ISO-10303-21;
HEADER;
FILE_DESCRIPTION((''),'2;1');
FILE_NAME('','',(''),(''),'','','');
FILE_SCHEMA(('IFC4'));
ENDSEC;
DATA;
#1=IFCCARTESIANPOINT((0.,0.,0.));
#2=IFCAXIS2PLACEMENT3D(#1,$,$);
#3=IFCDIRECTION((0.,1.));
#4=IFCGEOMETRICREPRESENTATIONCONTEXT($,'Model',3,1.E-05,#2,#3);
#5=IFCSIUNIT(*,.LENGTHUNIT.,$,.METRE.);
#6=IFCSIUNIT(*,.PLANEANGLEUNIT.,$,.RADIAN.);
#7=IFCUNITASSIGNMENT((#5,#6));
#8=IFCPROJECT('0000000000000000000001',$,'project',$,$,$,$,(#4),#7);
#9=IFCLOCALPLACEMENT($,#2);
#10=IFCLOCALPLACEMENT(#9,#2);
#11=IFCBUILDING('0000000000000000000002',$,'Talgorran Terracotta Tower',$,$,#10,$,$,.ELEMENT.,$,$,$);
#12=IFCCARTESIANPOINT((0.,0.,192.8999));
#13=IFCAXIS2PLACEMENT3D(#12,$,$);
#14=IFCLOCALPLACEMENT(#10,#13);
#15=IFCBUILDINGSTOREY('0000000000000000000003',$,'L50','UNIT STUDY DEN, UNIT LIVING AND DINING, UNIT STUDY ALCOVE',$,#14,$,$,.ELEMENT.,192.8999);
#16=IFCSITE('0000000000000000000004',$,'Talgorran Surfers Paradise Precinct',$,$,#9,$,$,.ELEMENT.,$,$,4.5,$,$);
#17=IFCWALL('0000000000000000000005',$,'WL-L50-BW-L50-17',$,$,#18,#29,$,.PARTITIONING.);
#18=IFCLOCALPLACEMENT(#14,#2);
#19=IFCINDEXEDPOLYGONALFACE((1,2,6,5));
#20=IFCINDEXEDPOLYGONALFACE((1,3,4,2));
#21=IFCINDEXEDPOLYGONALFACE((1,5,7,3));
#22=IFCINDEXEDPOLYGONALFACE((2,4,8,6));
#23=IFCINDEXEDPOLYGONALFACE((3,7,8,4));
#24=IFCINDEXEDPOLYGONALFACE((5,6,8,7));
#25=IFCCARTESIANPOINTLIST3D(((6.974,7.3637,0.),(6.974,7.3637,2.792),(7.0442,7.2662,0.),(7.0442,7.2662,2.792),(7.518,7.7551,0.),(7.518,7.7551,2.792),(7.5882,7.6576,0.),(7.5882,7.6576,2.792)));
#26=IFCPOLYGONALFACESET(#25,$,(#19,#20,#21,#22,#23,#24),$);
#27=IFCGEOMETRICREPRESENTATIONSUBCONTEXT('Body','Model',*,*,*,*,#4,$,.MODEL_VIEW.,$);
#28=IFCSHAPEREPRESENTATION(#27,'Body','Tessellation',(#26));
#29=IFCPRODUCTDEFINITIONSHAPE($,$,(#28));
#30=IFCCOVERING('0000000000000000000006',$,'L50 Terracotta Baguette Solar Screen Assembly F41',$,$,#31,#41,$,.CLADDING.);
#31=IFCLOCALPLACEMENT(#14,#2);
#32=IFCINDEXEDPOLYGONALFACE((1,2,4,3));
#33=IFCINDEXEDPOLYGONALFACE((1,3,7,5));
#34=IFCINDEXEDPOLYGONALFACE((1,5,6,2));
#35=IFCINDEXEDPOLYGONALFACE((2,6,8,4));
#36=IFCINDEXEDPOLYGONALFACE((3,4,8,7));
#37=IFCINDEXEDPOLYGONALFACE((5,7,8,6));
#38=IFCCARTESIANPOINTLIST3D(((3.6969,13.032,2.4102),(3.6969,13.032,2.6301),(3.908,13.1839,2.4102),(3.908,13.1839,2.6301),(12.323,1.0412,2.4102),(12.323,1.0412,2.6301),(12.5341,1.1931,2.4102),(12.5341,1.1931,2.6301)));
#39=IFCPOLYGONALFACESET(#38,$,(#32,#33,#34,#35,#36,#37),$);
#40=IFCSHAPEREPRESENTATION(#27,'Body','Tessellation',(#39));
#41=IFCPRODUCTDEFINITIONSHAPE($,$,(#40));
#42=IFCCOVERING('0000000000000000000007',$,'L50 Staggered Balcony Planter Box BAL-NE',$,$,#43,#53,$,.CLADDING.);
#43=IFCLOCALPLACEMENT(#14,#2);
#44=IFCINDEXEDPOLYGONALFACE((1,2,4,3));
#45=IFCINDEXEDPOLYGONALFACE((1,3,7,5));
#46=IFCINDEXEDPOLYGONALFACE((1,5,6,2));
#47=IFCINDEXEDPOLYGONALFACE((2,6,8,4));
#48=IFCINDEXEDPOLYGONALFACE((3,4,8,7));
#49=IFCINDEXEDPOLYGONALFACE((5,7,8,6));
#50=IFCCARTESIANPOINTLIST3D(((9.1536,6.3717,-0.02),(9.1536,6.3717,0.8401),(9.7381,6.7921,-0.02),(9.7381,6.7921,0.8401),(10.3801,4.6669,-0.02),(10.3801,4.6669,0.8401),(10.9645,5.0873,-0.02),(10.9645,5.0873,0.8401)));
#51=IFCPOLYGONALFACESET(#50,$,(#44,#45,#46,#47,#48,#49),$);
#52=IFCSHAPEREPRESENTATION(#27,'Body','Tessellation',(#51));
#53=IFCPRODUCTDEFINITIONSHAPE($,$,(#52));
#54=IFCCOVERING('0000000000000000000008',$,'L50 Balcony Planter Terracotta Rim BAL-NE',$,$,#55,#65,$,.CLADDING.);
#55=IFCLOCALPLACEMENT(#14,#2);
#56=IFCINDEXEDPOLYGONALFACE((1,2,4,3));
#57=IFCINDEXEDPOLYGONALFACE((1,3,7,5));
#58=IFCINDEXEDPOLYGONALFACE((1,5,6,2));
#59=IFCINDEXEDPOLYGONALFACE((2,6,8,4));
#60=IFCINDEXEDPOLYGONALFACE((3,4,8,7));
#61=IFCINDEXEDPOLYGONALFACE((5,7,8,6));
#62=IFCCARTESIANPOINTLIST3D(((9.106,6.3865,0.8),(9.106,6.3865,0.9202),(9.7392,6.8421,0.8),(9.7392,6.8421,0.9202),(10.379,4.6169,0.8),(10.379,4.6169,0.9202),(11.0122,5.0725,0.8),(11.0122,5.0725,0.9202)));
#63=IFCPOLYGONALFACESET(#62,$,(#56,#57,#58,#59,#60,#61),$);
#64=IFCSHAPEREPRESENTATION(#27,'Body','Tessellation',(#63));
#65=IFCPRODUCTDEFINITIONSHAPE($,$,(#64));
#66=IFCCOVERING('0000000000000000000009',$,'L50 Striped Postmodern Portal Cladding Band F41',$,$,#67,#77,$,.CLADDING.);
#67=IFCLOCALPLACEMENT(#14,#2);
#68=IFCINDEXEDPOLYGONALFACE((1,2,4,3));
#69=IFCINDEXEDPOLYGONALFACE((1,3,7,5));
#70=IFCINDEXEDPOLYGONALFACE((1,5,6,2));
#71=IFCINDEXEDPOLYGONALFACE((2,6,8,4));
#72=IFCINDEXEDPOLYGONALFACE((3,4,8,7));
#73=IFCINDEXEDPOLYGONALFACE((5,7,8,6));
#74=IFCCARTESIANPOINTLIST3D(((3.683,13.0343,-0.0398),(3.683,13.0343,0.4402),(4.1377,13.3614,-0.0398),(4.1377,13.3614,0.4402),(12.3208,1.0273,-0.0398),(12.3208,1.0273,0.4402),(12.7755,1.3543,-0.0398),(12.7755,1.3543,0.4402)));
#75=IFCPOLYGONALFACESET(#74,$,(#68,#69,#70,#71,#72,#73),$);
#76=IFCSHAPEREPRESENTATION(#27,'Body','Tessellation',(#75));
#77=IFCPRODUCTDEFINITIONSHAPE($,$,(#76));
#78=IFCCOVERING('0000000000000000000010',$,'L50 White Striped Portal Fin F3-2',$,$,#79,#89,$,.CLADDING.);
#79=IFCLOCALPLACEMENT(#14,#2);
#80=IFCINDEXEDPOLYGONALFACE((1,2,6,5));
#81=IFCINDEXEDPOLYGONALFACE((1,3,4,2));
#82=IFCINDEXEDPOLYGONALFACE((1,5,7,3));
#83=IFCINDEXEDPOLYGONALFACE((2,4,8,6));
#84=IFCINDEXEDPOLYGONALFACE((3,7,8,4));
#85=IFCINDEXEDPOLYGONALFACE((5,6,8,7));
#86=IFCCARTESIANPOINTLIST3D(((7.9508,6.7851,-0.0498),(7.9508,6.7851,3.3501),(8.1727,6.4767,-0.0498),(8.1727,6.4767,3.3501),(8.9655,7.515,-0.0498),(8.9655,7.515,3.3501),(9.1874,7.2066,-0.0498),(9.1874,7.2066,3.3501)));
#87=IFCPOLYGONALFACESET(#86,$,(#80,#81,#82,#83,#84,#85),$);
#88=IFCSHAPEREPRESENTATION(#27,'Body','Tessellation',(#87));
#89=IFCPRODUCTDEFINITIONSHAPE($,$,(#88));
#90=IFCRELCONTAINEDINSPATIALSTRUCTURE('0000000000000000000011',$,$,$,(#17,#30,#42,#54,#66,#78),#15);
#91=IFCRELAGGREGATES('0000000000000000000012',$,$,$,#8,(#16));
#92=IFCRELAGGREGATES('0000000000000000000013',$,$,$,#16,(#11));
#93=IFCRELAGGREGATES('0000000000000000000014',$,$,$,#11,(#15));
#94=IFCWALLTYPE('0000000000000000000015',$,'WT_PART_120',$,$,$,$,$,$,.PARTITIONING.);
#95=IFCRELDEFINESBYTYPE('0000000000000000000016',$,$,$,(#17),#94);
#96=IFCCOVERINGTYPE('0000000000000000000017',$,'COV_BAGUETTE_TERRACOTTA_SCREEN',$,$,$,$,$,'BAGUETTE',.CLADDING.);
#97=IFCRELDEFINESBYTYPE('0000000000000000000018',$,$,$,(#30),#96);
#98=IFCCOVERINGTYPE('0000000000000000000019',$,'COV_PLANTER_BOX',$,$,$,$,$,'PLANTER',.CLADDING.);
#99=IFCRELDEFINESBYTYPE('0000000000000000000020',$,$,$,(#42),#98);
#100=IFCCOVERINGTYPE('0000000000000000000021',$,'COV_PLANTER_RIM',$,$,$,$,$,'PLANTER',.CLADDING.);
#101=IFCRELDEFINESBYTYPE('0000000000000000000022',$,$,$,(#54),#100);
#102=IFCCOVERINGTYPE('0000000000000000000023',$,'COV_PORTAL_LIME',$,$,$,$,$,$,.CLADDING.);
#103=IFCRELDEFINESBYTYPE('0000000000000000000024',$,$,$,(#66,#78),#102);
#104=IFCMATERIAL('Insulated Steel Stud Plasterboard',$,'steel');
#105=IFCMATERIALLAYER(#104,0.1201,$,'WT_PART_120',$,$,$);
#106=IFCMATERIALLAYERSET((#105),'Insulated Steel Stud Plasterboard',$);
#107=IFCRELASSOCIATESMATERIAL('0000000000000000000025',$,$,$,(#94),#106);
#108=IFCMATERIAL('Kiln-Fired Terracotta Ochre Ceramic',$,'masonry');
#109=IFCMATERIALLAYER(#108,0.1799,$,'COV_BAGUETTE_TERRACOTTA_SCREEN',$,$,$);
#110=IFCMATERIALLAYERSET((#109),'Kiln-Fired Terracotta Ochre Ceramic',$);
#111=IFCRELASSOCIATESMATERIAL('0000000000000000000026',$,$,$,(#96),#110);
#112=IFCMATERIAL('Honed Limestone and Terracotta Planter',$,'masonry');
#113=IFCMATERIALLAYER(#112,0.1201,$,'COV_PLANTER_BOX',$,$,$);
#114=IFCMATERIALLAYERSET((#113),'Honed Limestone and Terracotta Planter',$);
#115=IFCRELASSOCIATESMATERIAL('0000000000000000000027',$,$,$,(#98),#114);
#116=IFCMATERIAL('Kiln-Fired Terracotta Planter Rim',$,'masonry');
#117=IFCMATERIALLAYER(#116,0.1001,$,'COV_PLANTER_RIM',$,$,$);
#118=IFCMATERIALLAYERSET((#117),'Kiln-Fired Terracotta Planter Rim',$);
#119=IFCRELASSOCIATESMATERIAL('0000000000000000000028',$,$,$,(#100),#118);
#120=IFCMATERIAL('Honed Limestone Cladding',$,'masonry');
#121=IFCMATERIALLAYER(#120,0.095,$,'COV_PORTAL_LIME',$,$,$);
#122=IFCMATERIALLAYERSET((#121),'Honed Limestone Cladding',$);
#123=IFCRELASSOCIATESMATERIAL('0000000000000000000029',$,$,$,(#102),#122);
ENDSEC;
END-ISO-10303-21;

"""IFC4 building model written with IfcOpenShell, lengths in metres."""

from ifc_helpers import new_model, si_unit, direction, frame, frame_2d, origin, origin_2d, place, context, subcontext, project, spatial, rectangle, extrude, material, layer, layer_set, type_object, element, save


model = new_model("IFC4")

# Units and contexts
model_context = context("Model", 3, precision=1e-05, world=origin(), true_north=direction((0.0, 1.0)))
body_context = subcontext(model_context, "Body", "Model", "MODEL_VIEW")
ifc_project = project(units=[si_unit("LENGTHUNIT", "METRE"), si_unit("PLANEANGLEUNIT", "RADIAN")], contexts=[model_context])

# Site, building, storey
site_placement = place(None, origin())
site = spatial("IfcSite", under=ifc_project, at=site_placement, Name="Talgorran Surfers Paradise Precinct", CompositionType="ELEMENT", RefElevation=4.5)
building_placement = place(site_placement, origin())
building = spatial("IfcBuilding", under=site, at=building_placement, Name="Talgorran Terracotta Tower", CompositionType="ELEMENT")
storey_placement = place(building_placement, frame((0.0, 0.0, 192.8999)))
storey = spatial("IfcBuildingStorey", under=building, at=storey_placement, Name="L50", Description="UNIT STUDY DEN, UNIT LIVING AND DINING, UNIT STUDY ALCOVE", CompositionType="ELEMENT", Elevation=192.8999)

# Shared definitions
ifc_material_1 = material(Name="Insulated Steel Stud Plasterboard", Category="steel")
ifc_layer_1 = layer(ifc_material_1, 0.1201, Name="WT_PART_120")
ifc_layer_set_1 = layer_set([ifc_layer_1], Name="Insulated Steel Stud Plasterboard")
wall_type = type_object("IfcWallType", Name="WT_PART_120", PredefinedType="PARTITIONING", material=ifc_layer_set_1)

# Wall
wall_1_placement = place(storey_placement, frame((7.553, 7.7063, 0.0), z_axis=(0.0, 0.0, 1.0), x_axis=(-0.811735, -0.584026, 0.0)))
element("IfcWall", 1, at=wall_1_placement, inside=storey, type_object=wall_type, Name="WL-L50-BW-L50-17", PredefinedType="PARTITIONING", context=body_context, shape_type="SweptSolid", body=[
    extrude(rectangle(XDim=0.6702, YDim=0.1201, at=frame_2d((0.335, 0.0))), origin(), (0.0, 0.0, 1.0), 2.792),
])

# Coverings
ifc_material_2 = material(Name="Kiln-Fired Terracotta Ochre Ceramic", Category="masonry")
ifc_layer_2 = layer(ifc_material_2, 0.1799, Name="COV_BAGUETTE_TERRACOTTA_SCREEN")
ifc_layer_set_2 = layer_set([ifc_layer_2], Name="Kiln-Fired Terracotta Ochre Ceramic")
covering_type_1 = type_object("IfcCoveringType", Name="COV_BAGUETTE_TERRACOTTA_SCREEN", ElementType="BAGUETTE", PredefinedType="CLADDING", material=ifc_layer_set_2)
covering_1_placement = place(storey_placement, frame((8.1155, 7.1125, 2.4102), z_axis=(0.0, 0.0, 1.0), x_axis=(-0.583981, 0.811768, 0.0)))
element("IfcCovering", 2, at=covering_1_placement, inside=storey, type_object=covering_type_1, Name="L50 Terracotta Baguette Solar Screen Assembly F41", PredefinedType="CLADDING", context=body_context, shape_type="SweptSolid", body=[
    extrude(rectangle(XDim=14.7712, YDim=0.26, at=origin_2d()), origin(), (0.0, 0.0, 1.0), 0.22),
])
ifc_material_3 = material(Name="Honed Limestone and Terracotta Planter", Category="masonry")
ifc_layer_3 = layer(ifc_material_3, 0.1201, Name="COV_PLANTER_BOX")
ifc_layer_set_3 = layer_set([ifc_layer_3], Name="Honed Limestone and Terracotta Planter")
covering_type_2 = type_object("IfcCoveringType", Name="COV_PLANTER_BOX", ElementType="PLANTER", PredefinedType="CLADDING", material=ifc_layer_set_3)
covering_2_placement = place(storey_placement, frame((10.0591, 5.7295, -0.02), z_axis=(0.0, 0.0, 1.0), x_axis=(-0.583981, 0.811768, 0.0)))
element("IfcCovering", 3, at=covering_2_placement, inside=storey, type_object=covering_type_2, Name="L50 Staggered Balcony Planter Box BAL-NE", PredefinedType="CLADDING", context=body_context, shape_type="SweptSolid", body=[
    extrude(rectangle(XDim=2.1001, YDim=0.72, at=origin_2d()), origin(), (0.0, 0.0, 1.0), 0.8601),
])
ifc_material_4 = material(Name="Kiln-Fired Terracotta Planter Rim", Category="masonry")
ifc_layer_4 = layer(ifc_material_4, 0.1001, Name="COV_PLANTER_RIM")
ifc_layer_set_4 = layer_set([ifc_layer_4], Name="Kiln-Fired Terracotta Planter Rim")
covering_type_3 = type_object("IfcCoveringType", Name="COV_PLANTER_RIM", ElementType="PLANTER", PredefinedType="CLADDING", material=ifc_layer_set_4)
covering_3_placement = place(storey_placement, frame((10.0591, 5.7295, 0.8), z_axis=(0.0, 0.0, 1.0), x_axis=(-0.583981, 0.811768, 0.0)))
element("IfcCovering", 4, at=covering_3_placement, inside=storey, type_object=covering_type_3, Name="L50 Balcony Planter Terracotta Rim BAL-NE", PredefinedType="CLADDING", context=body_context, shape_type="SweptSolid", body=[
    extrude(rectangle(XDim=2.1799, YDim=0.78, at=origin_2d()), origin(), (0.0, 0.0, 1.0), 0.1201),
])
ifc_material_5 = material(Name="Honed Limestone Cladding", Category="masonry")
ifc_layer_5 = layer(ifc_material_5, 0.095, Name="COV_PORTAL_LIME")
ifc_layer_set_5 = layer_set([ifc_layer_5], Name="Honed Limestone Cladding")
covering_type_4 = type_object("IfcCoveringType", Name="COV_PORTAL_LIME", PredefinedType="CLADDING", material=ifc_layer_set_5)
covering_4_placement = place(storey_placement, frame((8.2292, 7.1943, -0.0398), z_axis=(0.0, 0.0, 1.0), x_axis=(-0.583981, 0.811768, 0.0)))
element("IfcCovering", 5, at=covering_4_placement, inside=storey, type_object=covering_type_4, Name="L50 Striped Postmodern Portal Cladding Band F41", PredefinedType="CLADDING", context=body_context, shape_type="SweptSolid", body=[
    extrude(rectangle(XDim=14.7913, YDim=0.5601, at=origin_2d()), origin(), (0.0, 0.0, 1.0), 0.48),
])
covering_5_placement = place(storey_placement, frame((8.5691, 6.9958, -0.0498), z_axis=(0.0, 0.0, 1.0), x_axis=(-0.583981, 0.811768, 0.0)))
element("IfcCovering", 6, at=covering_5_placement, inside=storey, type_object=covering_type_4, Name="L50 White Striped Portal Fin F3-2", PredefinedType="CLADDING", context=body_context, shape_type="SweptSolid", body=[
    extrude(rectangle(XDim=0.3799, YDim=1.25, at=origin_2d()), origin(), (0.0, 0.0, 1.0), 3.3999),
])

save(model, "model.ifc")
